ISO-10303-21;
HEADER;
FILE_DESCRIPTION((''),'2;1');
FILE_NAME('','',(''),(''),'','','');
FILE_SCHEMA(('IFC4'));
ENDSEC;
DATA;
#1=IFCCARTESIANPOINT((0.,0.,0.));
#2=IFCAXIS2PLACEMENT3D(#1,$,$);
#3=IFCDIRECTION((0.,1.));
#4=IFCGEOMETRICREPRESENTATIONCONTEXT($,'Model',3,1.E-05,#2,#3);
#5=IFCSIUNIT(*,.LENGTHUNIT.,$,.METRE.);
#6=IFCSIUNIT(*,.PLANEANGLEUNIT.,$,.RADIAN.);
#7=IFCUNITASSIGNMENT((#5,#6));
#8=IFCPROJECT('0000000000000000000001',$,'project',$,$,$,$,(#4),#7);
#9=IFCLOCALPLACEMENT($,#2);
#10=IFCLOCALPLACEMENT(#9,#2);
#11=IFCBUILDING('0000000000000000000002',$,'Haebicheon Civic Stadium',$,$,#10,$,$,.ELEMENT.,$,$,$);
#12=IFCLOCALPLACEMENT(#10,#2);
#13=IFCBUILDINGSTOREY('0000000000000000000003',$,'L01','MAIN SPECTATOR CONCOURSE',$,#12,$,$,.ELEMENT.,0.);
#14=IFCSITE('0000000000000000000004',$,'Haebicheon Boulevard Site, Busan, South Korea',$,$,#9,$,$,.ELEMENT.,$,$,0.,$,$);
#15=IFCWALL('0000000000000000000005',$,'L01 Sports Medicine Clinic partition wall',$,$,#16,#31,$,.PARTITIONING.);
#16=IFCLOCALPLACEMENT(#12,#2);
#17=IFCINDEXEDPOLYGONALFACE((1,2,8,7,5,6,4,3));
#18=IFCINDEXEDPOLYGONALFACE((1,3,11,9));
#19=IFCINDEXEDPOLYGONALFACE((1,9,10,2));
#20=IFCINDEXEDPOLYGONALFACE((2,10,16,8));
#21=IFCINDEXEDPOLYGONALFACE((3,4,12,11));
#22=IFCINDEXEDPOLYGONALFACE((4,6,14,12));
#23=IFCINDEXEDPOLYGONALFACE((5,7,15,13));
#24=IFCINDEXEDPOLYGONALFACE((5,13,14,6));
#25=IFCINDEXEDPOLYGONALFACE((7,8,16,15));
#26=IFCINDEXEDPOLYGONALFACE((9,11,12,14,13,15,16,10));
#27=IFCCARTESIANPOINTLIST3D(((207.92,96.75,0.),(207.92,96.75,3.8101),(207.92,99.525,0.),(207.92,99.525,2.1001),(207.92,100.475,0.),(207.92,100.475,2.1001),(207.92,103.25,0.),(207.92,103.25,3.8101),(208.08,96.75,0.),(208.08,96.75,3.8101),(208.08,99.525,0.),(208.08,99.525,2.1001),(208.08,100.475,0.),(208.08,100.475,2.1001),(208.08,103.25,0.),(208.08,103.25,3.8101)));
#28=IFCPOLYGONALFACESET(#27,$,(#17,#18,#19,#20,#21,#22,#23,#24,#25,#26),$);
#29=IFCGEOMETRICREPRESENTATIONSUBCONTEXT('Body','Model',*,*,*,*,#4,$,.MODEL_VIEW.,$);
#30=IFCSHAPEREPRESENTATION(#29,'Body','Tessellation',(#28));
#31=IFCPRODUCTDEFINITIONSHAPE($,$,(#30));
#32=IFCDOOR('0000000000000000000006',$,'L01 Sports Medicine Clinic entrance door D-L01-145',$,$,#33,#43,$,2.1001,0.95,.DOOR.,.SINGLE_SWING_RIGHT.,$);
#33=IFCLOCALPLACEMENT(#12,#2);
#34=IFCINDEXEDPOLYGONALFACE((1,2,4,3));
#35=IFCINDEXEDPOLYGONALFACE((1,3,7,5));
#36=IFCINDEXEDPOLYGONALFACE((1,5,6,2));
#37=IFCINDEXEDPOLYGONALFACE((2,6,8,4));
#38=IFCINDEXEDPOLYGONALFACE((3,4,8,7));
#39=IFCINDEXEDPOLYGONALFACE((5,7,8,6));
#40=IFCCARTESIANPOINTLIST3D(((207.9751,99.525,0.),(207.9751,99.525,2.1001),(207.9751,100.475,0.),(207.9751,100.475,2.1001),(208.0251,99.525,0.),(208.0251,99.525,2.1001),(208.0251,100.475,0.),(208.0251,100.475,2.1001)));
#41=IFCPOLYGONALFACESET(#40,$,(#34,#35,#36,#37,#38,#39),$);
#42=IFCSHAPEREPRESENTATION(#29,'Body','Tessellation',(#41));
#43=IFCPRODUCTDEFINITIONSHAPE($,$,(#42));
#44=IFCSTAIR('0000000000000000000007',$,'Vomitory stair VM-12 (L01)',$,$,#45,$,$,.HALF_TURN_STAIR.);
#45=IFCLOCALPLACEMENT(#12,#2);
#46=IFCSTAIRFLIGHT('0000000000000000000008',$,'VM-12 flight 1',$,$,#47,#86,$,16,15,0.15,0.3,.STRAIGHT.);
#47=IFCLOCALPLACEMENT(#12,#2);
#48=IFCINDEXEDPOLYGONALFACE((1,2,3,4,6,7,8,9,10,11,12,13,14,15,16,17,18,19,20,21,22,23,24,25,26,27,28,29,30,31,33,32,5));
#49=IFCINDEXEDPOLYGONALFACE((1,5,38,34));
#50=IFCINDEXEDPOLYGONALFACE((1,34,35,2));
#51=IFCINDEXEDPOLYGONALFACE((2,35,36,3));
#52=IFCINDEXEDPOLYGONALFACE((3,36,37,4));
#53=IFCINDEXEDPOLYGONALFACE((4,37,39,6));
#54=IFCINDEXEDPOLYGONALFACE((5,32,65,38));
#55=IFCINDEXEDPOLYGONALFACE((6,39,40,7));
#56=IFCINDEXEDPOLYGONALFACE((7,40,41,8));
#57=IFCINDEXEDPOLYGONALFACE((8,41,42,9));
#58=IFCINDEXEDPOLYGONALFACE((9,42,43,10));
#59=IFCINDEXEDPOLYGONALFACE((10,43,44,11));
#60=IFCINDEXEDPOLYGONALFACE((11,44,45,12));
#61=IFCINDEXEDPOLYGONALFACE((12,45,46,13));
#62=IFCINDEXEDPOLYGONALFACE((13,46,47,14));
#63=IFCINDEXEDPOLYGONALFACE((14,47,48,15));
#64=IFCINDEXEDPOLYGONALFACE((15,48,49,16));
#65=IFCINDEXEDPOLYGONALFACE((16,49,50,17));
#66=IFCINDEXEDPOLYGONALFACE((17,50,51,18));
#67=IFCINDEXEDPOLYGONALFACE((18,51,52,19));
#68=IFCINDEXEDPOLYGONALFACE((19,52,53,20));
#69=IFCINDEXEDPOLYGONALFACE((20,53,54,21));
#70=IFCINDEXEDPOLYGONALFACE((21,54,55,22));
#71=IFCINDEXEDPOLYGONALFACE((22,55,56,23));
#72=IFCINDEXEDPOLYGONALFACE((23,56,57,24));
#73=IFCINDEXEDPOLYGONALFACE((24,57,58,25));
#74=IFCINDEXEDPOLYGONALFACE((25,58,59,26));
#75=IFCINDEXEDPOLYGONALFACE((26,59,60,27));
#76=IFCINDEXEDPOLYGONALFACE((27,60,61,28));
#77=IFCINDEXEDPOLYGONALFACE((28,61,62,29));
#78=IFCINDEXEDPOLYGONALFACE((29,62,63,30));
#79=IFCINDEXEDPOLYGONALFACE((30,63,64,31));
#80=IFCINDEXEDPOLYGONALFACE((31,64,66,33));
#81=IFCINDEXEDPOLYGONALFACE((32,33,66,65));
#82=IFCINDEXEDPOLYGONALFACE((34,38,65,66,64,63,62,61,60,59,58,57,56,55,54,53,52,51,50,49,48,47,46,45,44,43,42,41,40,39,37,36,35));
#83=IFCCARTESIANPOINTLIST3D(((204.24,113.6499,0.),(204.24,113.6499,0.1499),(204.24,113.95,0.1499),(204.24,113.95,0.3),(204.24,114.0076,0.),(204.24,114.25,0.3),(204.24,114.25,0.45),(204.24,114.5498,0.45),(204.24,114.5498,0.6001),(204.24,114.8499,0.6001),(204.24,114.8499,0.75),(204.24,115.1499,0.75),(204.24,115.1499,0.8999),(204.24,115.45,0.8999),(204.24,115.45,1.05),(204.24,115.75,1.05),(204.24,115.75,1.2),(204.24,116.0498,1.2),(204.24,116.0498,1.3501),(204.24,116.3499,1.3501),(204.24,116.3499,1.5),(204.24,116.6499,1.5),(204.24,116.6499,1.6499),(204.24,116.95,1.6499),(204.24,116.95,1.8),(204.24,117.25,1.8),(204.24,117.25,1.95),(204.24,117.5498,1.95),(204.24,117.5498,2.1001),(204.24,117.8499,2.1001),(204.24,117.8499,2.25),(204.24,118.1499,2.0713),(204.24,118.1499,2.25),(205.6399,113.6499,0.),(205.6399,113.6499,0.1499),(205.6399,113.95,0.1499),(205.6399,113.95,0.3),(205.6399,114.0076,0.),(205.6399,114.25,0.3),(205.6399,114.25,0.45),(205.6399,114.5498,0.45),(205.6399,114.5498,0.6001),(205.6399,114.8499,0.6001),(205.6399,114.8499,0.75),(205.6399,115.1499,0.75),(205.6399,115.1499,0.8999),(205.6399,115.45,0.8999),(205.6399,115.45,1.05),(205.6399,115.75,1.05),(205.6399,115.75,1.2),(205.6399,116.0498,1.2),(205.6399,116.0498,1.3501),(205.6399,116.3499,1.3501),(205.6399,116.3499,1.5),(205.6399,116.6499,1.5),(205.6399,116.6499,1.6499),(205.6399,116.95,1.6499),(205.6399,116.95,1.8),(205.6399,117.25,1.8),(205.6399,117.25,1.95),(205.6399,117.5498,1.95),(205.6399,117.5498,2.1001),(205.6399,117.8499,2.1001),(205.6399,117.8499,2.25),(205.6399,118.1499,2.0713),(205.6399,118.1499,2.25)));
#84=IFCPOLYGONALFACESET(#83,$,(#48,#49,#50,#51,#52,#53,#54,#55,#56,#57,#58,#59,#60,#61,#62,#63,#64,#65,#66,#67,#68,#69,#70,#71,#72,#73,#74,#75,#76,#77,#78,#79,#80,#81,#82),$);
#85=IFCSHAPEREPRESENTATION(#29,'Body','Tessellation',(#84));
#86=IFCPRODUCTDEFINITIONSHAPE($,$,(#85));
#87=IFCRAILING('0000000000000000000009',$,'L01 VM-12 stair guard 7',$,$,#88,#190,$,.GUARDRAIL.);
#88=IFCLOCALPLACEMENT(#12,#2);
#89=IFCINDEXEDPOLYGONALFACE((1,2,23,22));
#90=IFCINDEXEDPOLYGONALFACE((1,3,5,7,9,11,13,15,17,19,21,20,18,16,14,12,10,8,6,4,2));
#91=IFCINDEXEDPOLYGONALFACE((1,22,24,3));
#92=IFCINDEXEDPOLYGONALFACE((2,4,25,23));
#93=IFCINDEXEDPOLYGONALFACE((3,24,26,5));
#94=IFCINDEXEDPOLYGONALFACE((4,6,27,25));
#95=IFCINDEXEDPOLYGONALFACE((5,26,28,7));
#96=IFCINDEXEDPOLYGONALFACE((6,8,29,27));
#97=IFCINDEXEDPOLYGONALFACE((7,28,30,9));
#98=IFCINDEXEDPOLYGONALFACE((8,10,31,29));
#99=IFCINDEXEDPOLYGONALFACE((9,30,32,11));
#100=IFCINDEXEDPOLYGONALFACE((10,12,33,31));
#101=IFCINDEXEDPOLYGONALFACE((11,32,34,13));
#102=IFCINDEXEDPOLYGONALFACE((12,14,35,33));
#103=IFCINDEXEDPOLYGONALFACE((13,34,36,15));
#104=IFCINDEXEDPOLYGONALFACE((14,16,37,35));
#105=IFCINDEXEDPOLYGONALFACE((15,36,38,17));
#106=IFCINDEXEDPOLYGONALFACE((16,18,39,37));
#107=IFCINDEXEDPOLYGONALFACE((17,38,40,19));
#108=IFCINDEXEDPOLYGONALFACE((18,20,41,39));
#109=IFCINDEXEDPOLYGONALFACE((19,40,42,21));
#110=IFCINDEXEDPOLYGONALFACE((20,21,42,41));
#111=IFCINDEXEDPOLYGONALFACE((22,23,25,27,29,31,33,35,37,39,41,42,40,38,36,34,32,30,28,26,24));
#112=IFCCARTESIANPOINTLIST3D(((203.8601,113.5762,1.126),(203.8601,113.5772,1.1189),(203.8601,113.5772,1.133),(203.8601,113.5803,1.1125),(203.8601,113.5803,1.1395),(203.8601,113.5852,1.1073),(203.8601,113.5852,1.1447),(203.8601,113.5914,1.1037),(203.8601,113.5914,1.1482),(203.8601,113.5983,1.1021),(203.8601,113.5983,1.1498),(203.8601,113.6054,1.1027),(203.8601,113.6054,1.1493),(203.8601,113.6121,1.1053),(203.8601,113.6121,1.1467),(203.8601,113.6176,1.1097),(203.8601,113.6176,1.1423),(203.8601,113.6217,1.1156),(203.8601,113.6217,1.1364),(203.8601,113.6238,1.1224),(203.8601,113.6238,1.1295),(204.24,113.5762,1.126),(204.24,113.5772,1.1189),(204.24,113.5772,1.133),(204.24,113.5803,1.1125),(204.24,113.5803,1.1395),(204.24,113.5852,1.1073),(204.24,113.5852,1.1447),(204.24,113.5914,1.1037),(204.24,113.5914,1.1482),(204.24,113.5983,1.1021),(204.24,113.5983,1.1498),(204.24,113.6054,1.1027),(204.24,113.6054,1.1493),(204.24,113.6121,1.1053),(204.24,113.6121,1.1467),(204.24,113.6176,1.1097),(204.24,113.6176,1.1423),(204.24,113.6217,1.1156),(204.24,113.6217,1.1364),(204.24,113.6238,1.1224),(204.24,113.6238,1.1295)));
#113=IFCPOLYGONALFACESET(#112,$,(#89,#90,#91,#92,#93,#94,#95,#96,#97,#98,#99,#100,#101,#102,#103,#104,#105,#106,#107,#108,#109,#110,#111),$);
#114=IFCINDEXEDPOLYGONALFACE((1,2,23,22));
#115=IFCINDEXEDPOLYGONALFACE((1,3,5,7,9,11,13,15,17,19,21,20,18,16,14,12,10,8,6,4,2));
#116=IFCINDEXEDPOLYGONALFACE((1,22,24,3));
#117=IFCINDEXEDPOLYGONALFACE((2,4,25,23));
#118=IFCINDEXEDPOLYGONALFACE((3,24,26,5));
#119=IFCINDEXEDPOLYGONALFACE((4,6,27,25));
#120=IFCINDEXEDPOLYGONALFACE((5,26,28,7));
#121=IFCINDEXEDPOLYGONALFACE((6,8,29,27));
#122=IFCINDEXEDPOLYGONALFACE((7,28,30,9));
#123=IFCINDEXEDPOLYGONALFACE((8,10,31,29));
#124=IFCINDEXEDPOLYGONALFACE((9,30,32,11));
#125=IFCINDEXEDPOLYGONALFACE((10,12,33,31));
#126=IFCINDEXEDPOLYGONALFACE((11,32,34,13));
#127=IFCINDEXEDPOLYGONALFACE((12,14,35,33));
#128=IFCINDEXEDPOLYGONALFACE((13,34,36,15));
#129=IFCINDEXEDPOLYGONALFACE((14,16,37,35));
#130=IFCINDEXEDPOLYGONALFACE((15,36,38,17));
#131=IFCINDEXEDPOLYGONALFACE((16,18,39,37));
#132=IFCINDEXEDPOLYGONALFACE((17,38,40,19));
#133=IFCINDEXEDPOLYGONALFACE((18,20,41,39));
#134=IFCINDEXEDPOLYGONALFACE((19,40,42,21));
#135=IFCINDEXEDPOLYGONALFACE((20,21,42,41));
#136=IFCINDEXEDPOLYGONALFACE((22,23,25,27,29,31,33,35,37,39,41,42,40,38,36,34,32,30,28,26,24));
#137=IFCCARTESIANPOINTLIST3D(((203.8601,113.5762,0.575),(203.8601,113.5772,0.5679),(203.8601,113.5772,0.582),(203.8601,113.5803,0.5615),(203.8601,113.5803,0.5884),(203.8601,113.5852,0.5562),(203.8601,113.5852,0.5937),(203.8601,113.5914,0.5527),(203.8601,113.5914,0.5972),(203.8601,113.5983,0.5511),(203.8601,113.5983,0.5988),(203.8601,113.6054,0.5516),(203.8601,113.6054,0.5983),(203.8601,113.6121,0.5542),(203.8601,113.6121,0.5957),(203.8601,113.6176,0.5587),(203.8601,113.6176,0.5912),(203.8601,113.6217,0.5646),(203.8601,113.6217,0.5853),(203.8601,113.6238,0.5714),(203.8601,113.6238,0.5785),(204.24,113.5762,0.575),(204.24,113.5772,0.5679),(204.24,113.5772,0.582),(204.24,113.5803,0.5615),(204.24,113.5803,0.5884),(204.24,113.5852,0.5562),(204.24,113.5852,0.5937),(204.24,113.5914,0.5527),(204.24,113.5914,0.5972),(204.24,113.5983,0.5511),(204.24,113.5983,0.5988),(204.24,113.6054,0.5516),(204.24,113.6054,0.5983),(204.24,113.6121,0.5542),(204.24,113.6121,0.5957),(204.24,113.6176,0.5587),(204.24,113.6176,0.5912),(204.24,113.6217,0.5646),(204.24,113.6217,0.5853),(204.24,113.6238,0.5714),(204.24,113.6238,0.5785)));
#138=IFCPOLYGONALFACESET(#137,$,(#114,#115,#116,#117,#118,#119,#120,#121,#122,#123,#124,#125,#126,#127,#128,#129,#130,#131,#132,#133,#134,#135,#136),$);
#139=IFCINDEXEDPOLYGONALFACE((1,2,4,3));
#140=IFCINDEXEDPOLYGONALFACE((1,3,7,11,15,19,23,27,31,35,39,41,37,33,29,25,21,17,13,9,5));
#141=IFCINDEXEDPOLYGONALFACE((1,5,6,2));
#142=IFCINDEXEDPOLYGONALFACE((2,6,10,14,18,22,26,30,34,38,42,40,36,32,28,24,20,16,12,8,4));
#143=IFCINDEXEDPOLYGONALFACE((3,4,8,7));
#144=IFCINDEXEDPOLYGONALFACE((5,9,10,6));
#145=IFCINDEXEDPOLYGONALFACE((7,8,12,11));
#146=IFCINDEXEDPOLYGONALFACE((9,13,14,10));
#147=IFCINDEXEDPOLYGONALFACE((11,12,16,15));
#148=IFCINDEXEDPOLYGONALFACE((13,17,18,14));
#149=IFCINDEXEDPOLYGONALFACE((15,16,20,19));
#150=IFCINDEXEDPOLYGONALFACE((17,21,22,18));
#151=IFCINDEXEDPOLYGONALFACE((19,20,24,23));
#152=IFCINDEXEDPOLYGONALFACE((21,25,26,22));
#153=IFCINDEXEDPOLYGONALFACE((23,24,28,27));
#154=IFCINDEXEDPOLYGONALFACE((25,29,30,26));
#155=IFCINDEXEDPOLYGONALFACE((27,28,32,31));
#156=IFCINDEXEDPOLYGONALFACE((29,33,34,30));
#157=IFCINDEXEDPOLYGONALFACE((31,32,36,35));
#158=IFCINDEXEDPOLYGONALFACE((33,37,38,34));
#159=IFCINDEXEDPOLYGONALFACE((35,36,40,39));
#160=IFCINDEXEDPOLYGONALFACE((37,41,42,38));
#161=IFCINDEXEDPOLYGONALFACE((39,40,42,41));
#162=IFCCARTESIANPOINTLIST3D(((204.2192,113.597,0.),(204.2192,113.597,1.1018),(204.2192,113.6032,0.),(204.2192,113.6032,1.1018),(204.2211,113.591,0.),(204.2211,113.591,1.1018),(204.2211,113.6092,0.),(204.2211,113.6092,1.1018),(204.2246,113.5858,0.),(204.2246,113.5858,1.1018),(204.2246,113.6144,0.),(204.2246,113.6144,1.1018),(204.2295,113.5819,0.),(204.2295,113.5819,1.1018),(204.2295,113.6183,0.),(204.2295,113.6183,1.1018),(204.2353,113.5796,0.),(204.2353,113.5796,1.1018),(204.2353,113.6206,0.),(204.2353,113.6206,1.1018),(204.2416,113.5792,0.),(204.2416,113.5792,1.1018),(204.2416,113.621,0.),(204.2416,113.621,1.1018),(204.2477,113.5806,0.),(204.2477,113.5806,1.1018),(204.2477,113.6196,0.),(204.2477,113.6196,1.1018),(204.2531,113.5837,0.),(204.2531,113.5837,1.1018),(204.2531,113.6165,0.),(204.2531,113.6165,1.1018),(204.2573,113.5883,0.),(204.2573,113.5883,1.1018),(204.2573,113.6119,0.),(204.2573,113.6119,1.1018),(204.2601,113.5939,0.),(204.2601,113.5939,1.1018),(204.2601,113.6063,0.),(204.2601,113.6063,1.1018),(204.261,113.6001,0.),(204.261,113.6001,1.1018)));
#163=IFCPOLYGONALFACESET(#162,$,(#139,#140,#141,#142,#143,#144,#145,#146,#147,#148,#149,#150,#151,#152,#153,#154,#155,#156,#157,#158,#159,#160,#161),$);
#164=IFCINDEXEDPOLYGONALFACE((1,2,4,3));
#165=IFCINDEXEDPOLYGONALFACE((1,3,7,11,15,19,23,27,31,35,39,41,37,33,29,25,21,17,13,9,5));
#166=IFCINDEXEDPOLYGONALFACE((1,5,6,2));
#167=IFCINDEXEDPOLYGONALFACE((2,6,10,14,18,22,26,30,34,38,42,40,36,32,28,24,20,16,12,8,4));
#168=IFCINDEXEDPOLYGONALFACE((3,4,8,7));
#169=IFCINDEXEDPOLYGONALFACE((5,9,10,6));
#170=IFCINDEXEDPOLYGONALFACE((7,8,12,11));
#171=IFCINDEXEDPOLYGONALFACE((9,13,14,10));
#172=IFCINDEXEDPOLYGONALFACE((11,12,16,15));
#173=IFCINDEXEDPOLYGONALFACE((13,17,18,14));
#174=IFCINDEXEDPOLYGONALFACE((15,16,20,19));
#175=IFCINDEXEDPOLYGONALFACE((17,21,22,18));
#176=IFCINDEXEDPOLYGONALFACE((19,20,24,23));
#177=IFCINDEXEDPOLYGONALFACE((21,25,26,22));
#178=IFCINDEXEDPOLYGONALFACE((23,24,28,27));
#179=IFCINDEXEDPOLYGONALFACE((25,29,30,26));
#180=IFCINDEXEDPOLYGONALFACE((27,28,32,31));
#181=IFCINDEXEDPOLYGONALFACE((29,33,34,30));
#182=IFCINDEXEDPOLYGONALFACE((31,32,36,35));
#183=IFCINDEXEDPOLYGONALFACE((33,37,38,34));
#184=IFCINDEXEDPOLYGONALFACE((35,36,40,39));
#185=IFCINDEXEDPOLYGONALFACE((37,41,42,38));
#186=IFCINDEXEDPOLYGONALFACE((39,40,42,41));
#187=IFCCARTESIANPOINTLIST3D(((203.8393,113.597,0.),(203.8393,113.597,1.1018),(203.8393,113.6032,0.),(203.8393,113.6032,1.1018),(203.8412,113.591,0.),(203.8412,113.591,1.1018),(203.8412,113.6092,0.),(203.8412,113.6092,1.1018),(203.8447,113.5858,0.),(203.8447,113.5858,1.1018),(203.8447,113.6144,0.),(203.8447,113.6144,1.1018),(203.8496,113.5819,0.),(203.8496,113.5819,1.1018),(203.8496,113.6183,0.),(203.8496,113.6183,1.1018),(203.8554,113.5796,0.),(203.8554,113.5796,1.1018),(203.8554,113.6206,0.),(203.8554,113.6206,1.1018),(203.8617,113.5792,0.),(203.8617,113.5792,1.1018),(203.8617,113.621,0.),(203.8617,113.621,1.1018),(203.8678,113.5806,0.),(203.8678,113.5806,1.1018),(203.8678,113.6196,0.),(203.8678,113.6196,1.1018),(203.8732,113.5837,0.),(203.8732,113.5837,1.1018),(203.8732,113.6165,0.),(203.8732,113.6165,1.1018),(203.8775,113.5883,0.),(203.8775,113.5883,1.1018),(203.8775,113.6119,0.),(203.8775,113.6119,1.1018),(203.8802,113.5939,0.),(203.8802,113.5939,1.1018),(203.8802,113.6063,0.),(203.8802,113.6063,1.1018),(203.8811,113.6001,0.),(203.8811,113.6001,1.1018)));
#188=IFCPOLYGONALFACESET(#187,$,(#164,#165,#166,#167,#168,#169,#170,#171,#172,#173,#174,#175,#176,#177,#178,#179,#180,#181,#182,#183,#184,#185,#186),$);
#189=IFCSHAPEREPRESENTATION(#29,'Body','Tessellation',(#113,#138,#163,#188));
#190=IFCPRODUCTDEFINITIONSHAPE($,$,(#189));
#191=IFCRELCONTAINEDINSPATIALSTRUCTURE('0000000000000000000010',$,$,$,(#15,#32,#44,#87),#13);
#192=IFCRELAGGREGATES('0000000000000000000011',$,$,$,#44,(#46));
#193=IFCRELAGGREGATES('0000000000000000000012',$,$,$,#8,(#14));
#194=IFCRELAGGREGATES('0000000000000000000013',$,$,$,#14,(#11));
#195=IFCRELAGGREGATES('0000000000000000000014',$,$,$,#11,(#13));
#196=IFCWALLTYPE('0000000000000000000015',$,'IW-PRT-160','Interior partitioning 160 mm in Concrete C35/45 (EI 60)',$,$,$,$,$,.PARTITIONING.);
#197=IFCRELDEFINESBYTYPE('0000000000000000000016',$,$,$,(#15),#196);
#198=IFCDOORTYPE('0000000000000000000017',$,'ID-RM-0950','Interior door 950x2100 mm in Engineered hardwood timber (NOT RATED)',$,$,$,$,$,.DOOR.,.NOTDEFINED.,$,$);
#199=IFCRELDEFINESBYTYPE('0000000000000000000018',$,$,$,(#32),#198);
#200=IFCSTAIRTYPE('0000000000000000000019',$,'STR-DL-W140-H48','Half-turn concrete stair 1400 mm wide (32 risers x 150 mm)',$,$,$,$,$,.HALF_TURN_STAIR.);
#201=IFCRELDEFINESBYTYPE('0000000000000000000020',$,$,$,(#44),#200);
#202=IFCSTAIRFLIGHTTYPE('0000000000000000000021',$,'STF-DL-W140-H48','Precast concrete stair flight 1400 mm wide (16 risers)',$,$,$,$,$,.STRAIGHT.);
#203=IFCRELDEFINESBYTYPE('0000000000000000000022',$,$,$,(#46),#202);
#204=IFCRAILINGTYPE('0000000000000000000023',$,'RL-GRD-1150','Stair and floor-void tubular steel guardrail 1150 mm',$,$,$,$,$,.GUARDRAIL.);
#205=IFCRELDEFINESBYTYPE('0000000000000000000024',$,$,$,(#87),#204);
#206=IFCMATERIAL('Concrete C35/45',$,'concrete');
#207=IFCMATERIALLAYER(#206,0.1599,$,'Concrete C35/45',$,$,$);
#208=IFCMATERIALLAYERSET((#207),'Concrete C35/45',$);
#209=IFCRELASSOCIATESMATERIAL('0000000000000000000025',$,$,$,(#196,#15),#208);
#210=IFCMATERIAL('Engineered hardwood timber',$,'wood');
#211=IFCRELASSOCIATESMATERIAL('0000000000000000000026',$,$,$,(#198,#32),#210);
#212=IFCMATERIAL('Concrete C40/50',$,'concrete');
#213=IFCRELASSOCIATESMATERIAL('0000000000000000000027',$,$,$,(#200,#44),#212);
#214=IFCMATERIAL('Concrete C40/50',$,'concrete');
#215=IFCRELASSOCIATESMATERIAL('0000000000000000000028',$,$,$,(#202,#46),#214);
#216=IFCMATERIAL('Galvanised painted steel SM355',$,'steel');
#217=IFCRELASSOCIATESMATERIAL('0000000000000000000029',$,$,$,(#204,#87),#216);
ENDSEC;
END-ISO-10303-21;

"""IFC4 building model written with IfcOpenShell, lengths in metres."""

from ifc_helpers import new_model, si_unit, direction, frame, frame_2d, origin, origin_2d, place, context, subcontext, project, spatial, polyline, rectangle, circle, outline, extrude, material, layer, layer_set, type_object, element, fill, aggregate, save


model = new_model("IFC4")

# Units and contexts
model_context = context("Model", 3, precision=1e-05, world=origin(), true_north=direction((0.0, 1.0)))
body_context = subcontext(model_context, "Body", "Model", "MODEL_VIEW")
ifc_project = project(units=[si_unit("LENGTHUNIT", "METRE"), si_unit("PLANEANGLEUNIT", "RADIAN")], contexts=[model_context])

# Site, building, storey
site_placement = place(None, origin())
site = spatial("IfcSite", under=ifc_project, at=site_placement, Name="Haebicheon Boulevard Site, Busan, South Korea", CompositionType="ELEMENT", RefElevation=0.0)
building_placement = place(site_placement, origin())
building = spatial("IfcBuilding", under=site, at=building_placement, Name="Haebicheon Civic Stadium", CompositionType="ELEMENT")
storey_placement = place(building_placement, origin())
storey = spatial("IfcBuildingStorey", under=building, at=storey_placement, Name="L01", Description="MAIN SPECTATOR CONCOURSE", CompositionType="ELEMENT", Elevation=0.0)

# Wall, opening, door
ifc_material_1 = material(Name="Concrete C35/45", Category="concrete")
ifc_layer_1 = layer(ifc_material_1, 0.1599, Name="Concrete C35/45")
ifc_layer_set_1 = layer_set([ifc_layer_1], Name="Concrete C35/45")
wall_type_1 = type_object("IfcWallType", Name="IW-PRT-160", Description="Interior partitioning 160 mm in Concrete C35/45 (EI 60)", PredefinedType="PARTITIONING", material=ifc_layer_set_1)
wall_1_placement = place(storey_placement, frame((208.0, 96.75, 0.0), z_axis=(0.0, 0.0, 1.0), x_axis=(0.0, 1.0, 0.0)))
wall_1 = element("IfcWall", 1, at=wall_1_placement, inside=storey, type_object=wall_type_1, material=ifc_layer_set_1, Name="L01 Sports Medicine Clinic partition wall", PredefinedType="PARTITIONING", context=body_context, shape_type="SweptSolid", body=[
    extrude(rectangle(XDim=6.5, YDim=0.1599, at=frame_2d((3.25, 0.0))), origin(), (0.0, 0.0, 1.0), 3.8101),
])
opening_1_placement = place(wall_1_placement, frame((2.7749, 0.0, 0.0)))
opening_1 = element("IfcOpeningElement", 2, at=opening_1_placement, cuts=wall_1, PredefinedType="OPENING", context=body_context, shape_type="SweptSolid", body=[
    extrude(rectangle(XDim=0.95, YDim=2.1001, at=frame_2d((0.4751, 1.05))), frame((0.0, 0.0898, 0.0), z_axis=(0.0, -1.0, 0.0), x_axis=(1.0, 0.0, 0.0)), (0.0, 0.0, 1.0), 0.1799),
])
ifc_material_2 = material(Name="Engineered hardwood timber", Category="wood")
door_type_1 = type_object("IfcDoorType", Name="ID-RM-0950", Description="Interior door 950x2100 mm in Engineered hardwood timber (NOT RATED)", OperationType="NOTDEFINED", PredefinedType="DOOR", material=ifc_material_2)
door_1_placement = place(opening_1_placement, origin())
door_1 = element("IfcDoor", 3, at=door_1_placement, inside=storey, type_object=door_type_1, material=ifc_material_2, Name="L01 Sports Medicine Clinic entrance door D-L01-145", OperationType="SINGLE_SWING_RIGHT", OverallHeight=2.1001, OverallWidth=0.95, PredefinedType="DOOR", context=body_context, shape_type="SweptSolid", body=[
    extrude(rectangle(XDim=0.95, YDim=2.1001, at=frame_2d((0.4751, 1.05))), frame((0.0, 0.0249, 0.0), z_axis=(0.0, -1.0, 0.0), x_axis=(1.0, 0.0, 0.0)), (0.0, 0.0, 1.0), 0.05),
])
fill(opening_1, door_1)

# Stair, stair flight
ifc_material_3 = material(Name="Concrete C40/50", Category="concrete")
stair_type = type_object("IfcStairType", Name="STR-DL-W140-H48", Description="Half-turn concrete stair 1400 mm wide (32 risers x 150 mm)", PredefinedType="HALF_TURN_STAIR", material=ifc_material_3)
stair_placement = place(storey_placement, origin())
stair = element("IfcStair", 4, at=stair_placement, inside=storey, type_object=stair_type, material=ifc_material_3, Name="Vomitory stair VM-12 (L01)", PredefinedType="HALF_TURN_STAIR")
ifc_material_4 = material(Name="Concrete C40/50", Category="concrete")
stair_flight_type = type_object("IfcStairFlightType", Name="STF-DL-W140-H48", Description="Precast concrete stair flight 1400 mm wide (16 risers)", PredefinedType="STRAIGHT", material=ifc_material_4)
stair_flight_placement = place(storey_placement, frame((204.9399, 113.6499, 0.0), z_axis=(0.0, 0.0, 1.0), x_axis=(0.0, 1.0, 0.0)))
stair_flight = element("IfcStairFlight", 5, at=stair_flight_placement, type_object=stair_flight_type, material=ifc_material_4, Name="VM-12 flight 1", NumberOfRisers=16, NumberOfTreads=15, PredefinedType="STRAIGHT", RiserHeight=0.15, TreadLength=0.3, context=body_context, shape_type="SweptSolid", body=[
    extrude(outline(polyline([(0.0, 0.0), (0.0, 0.1499), (0.3, 0.1499), (0.3, 0.3), (0.6001, 0.3), (0.6001, 0.45), (0.8999, 0.45), (0.8999, 0.6001), (1.2, 0.6001), (1.2, 0.75), (1.5, 0.75), (1.5, 0.8999), (1.8, 0.8999), (1.8, 1.05), (2.1001, 1.05), (2.1001, 1.2), (2.3999, 1.2), (2.3999, 1.3501), (2.7, 1.3501), (2.7, 1.5), (3.0, 1.5), (3.0, 1.6499), (3.3, 1.6499), (3.3, 1.8), (3.6001, 1.8), (3.6001, 1.95), (3.8999, 1.95), (3.8999, 2.1001), (4.2, 2.1001), (4.2, 2.25), (4.5, 2.25), (4.5, 2.3999), (4.5, 2.0713), (0.3577, 0.0), (0.0, 0.0)])), frame((0.0, 0.7, 0.0), z_axis=(0.0, -1.0, 0.0), x_axis=(1.0, 0.0, 0.0)), (0.0, 0.0, 1.0), 1.3999),
])
aggregate(stair, [stair_flight])

# Railing
ifc_material_5 = material(Name="Galvanised painted steel SM355", Category="steel")
railing_type_1 = type_object("IfcRailingType", Name="RL-GRD-1150", Description="Stair and floor-void tubular steel guardrail 1150 mm", PredefinedType="GUARDRAIL", material=ifc_material_5)
railing_1_placement = place(storey_placement, frame((204.24, 113.6001, 0.0)))
element("IfcRailing", 6, at=railing_1_placement, inside=storey, type_object=railing_type_1, material=ifc_material_5, Name="L01 VM-12 stair guard 7", PredefinedType="GUARDRAIL", context=body_context, shape_type="SweptSolid", body=[
    extrude(circle(Radius=0.0239, at=origin_2d()), frame((0.0, 0.0, 1.126), z_axis=(-1.0, 0.0, 0.0), x_axis=(0.0, -1.0, 0.0)), (0.0, 0.0, 1.0), 0.3799),
    extrude(circle(Radius=0.0239, at=origin_2d()), frame((0.0, 0.0, 0.575), z_axis=(-1.0, 0.0, 0.0), x_axis=(0.0, -1.0, 0.0)), (0.0, 0.0, 1.0), 0.3799),
    extrude(circle(Radius=0.021, at=origin_2d()), origin(), (0.0, 0.0, 1.0), 1.1018),
    extrude(circle(Radius=0.021, at=origin_2d()), frame((-0.3799, 0.0, 0.0)), (0.0, 0.0, 1.0), 1.1018),
])

save(model, "model.ifc")
